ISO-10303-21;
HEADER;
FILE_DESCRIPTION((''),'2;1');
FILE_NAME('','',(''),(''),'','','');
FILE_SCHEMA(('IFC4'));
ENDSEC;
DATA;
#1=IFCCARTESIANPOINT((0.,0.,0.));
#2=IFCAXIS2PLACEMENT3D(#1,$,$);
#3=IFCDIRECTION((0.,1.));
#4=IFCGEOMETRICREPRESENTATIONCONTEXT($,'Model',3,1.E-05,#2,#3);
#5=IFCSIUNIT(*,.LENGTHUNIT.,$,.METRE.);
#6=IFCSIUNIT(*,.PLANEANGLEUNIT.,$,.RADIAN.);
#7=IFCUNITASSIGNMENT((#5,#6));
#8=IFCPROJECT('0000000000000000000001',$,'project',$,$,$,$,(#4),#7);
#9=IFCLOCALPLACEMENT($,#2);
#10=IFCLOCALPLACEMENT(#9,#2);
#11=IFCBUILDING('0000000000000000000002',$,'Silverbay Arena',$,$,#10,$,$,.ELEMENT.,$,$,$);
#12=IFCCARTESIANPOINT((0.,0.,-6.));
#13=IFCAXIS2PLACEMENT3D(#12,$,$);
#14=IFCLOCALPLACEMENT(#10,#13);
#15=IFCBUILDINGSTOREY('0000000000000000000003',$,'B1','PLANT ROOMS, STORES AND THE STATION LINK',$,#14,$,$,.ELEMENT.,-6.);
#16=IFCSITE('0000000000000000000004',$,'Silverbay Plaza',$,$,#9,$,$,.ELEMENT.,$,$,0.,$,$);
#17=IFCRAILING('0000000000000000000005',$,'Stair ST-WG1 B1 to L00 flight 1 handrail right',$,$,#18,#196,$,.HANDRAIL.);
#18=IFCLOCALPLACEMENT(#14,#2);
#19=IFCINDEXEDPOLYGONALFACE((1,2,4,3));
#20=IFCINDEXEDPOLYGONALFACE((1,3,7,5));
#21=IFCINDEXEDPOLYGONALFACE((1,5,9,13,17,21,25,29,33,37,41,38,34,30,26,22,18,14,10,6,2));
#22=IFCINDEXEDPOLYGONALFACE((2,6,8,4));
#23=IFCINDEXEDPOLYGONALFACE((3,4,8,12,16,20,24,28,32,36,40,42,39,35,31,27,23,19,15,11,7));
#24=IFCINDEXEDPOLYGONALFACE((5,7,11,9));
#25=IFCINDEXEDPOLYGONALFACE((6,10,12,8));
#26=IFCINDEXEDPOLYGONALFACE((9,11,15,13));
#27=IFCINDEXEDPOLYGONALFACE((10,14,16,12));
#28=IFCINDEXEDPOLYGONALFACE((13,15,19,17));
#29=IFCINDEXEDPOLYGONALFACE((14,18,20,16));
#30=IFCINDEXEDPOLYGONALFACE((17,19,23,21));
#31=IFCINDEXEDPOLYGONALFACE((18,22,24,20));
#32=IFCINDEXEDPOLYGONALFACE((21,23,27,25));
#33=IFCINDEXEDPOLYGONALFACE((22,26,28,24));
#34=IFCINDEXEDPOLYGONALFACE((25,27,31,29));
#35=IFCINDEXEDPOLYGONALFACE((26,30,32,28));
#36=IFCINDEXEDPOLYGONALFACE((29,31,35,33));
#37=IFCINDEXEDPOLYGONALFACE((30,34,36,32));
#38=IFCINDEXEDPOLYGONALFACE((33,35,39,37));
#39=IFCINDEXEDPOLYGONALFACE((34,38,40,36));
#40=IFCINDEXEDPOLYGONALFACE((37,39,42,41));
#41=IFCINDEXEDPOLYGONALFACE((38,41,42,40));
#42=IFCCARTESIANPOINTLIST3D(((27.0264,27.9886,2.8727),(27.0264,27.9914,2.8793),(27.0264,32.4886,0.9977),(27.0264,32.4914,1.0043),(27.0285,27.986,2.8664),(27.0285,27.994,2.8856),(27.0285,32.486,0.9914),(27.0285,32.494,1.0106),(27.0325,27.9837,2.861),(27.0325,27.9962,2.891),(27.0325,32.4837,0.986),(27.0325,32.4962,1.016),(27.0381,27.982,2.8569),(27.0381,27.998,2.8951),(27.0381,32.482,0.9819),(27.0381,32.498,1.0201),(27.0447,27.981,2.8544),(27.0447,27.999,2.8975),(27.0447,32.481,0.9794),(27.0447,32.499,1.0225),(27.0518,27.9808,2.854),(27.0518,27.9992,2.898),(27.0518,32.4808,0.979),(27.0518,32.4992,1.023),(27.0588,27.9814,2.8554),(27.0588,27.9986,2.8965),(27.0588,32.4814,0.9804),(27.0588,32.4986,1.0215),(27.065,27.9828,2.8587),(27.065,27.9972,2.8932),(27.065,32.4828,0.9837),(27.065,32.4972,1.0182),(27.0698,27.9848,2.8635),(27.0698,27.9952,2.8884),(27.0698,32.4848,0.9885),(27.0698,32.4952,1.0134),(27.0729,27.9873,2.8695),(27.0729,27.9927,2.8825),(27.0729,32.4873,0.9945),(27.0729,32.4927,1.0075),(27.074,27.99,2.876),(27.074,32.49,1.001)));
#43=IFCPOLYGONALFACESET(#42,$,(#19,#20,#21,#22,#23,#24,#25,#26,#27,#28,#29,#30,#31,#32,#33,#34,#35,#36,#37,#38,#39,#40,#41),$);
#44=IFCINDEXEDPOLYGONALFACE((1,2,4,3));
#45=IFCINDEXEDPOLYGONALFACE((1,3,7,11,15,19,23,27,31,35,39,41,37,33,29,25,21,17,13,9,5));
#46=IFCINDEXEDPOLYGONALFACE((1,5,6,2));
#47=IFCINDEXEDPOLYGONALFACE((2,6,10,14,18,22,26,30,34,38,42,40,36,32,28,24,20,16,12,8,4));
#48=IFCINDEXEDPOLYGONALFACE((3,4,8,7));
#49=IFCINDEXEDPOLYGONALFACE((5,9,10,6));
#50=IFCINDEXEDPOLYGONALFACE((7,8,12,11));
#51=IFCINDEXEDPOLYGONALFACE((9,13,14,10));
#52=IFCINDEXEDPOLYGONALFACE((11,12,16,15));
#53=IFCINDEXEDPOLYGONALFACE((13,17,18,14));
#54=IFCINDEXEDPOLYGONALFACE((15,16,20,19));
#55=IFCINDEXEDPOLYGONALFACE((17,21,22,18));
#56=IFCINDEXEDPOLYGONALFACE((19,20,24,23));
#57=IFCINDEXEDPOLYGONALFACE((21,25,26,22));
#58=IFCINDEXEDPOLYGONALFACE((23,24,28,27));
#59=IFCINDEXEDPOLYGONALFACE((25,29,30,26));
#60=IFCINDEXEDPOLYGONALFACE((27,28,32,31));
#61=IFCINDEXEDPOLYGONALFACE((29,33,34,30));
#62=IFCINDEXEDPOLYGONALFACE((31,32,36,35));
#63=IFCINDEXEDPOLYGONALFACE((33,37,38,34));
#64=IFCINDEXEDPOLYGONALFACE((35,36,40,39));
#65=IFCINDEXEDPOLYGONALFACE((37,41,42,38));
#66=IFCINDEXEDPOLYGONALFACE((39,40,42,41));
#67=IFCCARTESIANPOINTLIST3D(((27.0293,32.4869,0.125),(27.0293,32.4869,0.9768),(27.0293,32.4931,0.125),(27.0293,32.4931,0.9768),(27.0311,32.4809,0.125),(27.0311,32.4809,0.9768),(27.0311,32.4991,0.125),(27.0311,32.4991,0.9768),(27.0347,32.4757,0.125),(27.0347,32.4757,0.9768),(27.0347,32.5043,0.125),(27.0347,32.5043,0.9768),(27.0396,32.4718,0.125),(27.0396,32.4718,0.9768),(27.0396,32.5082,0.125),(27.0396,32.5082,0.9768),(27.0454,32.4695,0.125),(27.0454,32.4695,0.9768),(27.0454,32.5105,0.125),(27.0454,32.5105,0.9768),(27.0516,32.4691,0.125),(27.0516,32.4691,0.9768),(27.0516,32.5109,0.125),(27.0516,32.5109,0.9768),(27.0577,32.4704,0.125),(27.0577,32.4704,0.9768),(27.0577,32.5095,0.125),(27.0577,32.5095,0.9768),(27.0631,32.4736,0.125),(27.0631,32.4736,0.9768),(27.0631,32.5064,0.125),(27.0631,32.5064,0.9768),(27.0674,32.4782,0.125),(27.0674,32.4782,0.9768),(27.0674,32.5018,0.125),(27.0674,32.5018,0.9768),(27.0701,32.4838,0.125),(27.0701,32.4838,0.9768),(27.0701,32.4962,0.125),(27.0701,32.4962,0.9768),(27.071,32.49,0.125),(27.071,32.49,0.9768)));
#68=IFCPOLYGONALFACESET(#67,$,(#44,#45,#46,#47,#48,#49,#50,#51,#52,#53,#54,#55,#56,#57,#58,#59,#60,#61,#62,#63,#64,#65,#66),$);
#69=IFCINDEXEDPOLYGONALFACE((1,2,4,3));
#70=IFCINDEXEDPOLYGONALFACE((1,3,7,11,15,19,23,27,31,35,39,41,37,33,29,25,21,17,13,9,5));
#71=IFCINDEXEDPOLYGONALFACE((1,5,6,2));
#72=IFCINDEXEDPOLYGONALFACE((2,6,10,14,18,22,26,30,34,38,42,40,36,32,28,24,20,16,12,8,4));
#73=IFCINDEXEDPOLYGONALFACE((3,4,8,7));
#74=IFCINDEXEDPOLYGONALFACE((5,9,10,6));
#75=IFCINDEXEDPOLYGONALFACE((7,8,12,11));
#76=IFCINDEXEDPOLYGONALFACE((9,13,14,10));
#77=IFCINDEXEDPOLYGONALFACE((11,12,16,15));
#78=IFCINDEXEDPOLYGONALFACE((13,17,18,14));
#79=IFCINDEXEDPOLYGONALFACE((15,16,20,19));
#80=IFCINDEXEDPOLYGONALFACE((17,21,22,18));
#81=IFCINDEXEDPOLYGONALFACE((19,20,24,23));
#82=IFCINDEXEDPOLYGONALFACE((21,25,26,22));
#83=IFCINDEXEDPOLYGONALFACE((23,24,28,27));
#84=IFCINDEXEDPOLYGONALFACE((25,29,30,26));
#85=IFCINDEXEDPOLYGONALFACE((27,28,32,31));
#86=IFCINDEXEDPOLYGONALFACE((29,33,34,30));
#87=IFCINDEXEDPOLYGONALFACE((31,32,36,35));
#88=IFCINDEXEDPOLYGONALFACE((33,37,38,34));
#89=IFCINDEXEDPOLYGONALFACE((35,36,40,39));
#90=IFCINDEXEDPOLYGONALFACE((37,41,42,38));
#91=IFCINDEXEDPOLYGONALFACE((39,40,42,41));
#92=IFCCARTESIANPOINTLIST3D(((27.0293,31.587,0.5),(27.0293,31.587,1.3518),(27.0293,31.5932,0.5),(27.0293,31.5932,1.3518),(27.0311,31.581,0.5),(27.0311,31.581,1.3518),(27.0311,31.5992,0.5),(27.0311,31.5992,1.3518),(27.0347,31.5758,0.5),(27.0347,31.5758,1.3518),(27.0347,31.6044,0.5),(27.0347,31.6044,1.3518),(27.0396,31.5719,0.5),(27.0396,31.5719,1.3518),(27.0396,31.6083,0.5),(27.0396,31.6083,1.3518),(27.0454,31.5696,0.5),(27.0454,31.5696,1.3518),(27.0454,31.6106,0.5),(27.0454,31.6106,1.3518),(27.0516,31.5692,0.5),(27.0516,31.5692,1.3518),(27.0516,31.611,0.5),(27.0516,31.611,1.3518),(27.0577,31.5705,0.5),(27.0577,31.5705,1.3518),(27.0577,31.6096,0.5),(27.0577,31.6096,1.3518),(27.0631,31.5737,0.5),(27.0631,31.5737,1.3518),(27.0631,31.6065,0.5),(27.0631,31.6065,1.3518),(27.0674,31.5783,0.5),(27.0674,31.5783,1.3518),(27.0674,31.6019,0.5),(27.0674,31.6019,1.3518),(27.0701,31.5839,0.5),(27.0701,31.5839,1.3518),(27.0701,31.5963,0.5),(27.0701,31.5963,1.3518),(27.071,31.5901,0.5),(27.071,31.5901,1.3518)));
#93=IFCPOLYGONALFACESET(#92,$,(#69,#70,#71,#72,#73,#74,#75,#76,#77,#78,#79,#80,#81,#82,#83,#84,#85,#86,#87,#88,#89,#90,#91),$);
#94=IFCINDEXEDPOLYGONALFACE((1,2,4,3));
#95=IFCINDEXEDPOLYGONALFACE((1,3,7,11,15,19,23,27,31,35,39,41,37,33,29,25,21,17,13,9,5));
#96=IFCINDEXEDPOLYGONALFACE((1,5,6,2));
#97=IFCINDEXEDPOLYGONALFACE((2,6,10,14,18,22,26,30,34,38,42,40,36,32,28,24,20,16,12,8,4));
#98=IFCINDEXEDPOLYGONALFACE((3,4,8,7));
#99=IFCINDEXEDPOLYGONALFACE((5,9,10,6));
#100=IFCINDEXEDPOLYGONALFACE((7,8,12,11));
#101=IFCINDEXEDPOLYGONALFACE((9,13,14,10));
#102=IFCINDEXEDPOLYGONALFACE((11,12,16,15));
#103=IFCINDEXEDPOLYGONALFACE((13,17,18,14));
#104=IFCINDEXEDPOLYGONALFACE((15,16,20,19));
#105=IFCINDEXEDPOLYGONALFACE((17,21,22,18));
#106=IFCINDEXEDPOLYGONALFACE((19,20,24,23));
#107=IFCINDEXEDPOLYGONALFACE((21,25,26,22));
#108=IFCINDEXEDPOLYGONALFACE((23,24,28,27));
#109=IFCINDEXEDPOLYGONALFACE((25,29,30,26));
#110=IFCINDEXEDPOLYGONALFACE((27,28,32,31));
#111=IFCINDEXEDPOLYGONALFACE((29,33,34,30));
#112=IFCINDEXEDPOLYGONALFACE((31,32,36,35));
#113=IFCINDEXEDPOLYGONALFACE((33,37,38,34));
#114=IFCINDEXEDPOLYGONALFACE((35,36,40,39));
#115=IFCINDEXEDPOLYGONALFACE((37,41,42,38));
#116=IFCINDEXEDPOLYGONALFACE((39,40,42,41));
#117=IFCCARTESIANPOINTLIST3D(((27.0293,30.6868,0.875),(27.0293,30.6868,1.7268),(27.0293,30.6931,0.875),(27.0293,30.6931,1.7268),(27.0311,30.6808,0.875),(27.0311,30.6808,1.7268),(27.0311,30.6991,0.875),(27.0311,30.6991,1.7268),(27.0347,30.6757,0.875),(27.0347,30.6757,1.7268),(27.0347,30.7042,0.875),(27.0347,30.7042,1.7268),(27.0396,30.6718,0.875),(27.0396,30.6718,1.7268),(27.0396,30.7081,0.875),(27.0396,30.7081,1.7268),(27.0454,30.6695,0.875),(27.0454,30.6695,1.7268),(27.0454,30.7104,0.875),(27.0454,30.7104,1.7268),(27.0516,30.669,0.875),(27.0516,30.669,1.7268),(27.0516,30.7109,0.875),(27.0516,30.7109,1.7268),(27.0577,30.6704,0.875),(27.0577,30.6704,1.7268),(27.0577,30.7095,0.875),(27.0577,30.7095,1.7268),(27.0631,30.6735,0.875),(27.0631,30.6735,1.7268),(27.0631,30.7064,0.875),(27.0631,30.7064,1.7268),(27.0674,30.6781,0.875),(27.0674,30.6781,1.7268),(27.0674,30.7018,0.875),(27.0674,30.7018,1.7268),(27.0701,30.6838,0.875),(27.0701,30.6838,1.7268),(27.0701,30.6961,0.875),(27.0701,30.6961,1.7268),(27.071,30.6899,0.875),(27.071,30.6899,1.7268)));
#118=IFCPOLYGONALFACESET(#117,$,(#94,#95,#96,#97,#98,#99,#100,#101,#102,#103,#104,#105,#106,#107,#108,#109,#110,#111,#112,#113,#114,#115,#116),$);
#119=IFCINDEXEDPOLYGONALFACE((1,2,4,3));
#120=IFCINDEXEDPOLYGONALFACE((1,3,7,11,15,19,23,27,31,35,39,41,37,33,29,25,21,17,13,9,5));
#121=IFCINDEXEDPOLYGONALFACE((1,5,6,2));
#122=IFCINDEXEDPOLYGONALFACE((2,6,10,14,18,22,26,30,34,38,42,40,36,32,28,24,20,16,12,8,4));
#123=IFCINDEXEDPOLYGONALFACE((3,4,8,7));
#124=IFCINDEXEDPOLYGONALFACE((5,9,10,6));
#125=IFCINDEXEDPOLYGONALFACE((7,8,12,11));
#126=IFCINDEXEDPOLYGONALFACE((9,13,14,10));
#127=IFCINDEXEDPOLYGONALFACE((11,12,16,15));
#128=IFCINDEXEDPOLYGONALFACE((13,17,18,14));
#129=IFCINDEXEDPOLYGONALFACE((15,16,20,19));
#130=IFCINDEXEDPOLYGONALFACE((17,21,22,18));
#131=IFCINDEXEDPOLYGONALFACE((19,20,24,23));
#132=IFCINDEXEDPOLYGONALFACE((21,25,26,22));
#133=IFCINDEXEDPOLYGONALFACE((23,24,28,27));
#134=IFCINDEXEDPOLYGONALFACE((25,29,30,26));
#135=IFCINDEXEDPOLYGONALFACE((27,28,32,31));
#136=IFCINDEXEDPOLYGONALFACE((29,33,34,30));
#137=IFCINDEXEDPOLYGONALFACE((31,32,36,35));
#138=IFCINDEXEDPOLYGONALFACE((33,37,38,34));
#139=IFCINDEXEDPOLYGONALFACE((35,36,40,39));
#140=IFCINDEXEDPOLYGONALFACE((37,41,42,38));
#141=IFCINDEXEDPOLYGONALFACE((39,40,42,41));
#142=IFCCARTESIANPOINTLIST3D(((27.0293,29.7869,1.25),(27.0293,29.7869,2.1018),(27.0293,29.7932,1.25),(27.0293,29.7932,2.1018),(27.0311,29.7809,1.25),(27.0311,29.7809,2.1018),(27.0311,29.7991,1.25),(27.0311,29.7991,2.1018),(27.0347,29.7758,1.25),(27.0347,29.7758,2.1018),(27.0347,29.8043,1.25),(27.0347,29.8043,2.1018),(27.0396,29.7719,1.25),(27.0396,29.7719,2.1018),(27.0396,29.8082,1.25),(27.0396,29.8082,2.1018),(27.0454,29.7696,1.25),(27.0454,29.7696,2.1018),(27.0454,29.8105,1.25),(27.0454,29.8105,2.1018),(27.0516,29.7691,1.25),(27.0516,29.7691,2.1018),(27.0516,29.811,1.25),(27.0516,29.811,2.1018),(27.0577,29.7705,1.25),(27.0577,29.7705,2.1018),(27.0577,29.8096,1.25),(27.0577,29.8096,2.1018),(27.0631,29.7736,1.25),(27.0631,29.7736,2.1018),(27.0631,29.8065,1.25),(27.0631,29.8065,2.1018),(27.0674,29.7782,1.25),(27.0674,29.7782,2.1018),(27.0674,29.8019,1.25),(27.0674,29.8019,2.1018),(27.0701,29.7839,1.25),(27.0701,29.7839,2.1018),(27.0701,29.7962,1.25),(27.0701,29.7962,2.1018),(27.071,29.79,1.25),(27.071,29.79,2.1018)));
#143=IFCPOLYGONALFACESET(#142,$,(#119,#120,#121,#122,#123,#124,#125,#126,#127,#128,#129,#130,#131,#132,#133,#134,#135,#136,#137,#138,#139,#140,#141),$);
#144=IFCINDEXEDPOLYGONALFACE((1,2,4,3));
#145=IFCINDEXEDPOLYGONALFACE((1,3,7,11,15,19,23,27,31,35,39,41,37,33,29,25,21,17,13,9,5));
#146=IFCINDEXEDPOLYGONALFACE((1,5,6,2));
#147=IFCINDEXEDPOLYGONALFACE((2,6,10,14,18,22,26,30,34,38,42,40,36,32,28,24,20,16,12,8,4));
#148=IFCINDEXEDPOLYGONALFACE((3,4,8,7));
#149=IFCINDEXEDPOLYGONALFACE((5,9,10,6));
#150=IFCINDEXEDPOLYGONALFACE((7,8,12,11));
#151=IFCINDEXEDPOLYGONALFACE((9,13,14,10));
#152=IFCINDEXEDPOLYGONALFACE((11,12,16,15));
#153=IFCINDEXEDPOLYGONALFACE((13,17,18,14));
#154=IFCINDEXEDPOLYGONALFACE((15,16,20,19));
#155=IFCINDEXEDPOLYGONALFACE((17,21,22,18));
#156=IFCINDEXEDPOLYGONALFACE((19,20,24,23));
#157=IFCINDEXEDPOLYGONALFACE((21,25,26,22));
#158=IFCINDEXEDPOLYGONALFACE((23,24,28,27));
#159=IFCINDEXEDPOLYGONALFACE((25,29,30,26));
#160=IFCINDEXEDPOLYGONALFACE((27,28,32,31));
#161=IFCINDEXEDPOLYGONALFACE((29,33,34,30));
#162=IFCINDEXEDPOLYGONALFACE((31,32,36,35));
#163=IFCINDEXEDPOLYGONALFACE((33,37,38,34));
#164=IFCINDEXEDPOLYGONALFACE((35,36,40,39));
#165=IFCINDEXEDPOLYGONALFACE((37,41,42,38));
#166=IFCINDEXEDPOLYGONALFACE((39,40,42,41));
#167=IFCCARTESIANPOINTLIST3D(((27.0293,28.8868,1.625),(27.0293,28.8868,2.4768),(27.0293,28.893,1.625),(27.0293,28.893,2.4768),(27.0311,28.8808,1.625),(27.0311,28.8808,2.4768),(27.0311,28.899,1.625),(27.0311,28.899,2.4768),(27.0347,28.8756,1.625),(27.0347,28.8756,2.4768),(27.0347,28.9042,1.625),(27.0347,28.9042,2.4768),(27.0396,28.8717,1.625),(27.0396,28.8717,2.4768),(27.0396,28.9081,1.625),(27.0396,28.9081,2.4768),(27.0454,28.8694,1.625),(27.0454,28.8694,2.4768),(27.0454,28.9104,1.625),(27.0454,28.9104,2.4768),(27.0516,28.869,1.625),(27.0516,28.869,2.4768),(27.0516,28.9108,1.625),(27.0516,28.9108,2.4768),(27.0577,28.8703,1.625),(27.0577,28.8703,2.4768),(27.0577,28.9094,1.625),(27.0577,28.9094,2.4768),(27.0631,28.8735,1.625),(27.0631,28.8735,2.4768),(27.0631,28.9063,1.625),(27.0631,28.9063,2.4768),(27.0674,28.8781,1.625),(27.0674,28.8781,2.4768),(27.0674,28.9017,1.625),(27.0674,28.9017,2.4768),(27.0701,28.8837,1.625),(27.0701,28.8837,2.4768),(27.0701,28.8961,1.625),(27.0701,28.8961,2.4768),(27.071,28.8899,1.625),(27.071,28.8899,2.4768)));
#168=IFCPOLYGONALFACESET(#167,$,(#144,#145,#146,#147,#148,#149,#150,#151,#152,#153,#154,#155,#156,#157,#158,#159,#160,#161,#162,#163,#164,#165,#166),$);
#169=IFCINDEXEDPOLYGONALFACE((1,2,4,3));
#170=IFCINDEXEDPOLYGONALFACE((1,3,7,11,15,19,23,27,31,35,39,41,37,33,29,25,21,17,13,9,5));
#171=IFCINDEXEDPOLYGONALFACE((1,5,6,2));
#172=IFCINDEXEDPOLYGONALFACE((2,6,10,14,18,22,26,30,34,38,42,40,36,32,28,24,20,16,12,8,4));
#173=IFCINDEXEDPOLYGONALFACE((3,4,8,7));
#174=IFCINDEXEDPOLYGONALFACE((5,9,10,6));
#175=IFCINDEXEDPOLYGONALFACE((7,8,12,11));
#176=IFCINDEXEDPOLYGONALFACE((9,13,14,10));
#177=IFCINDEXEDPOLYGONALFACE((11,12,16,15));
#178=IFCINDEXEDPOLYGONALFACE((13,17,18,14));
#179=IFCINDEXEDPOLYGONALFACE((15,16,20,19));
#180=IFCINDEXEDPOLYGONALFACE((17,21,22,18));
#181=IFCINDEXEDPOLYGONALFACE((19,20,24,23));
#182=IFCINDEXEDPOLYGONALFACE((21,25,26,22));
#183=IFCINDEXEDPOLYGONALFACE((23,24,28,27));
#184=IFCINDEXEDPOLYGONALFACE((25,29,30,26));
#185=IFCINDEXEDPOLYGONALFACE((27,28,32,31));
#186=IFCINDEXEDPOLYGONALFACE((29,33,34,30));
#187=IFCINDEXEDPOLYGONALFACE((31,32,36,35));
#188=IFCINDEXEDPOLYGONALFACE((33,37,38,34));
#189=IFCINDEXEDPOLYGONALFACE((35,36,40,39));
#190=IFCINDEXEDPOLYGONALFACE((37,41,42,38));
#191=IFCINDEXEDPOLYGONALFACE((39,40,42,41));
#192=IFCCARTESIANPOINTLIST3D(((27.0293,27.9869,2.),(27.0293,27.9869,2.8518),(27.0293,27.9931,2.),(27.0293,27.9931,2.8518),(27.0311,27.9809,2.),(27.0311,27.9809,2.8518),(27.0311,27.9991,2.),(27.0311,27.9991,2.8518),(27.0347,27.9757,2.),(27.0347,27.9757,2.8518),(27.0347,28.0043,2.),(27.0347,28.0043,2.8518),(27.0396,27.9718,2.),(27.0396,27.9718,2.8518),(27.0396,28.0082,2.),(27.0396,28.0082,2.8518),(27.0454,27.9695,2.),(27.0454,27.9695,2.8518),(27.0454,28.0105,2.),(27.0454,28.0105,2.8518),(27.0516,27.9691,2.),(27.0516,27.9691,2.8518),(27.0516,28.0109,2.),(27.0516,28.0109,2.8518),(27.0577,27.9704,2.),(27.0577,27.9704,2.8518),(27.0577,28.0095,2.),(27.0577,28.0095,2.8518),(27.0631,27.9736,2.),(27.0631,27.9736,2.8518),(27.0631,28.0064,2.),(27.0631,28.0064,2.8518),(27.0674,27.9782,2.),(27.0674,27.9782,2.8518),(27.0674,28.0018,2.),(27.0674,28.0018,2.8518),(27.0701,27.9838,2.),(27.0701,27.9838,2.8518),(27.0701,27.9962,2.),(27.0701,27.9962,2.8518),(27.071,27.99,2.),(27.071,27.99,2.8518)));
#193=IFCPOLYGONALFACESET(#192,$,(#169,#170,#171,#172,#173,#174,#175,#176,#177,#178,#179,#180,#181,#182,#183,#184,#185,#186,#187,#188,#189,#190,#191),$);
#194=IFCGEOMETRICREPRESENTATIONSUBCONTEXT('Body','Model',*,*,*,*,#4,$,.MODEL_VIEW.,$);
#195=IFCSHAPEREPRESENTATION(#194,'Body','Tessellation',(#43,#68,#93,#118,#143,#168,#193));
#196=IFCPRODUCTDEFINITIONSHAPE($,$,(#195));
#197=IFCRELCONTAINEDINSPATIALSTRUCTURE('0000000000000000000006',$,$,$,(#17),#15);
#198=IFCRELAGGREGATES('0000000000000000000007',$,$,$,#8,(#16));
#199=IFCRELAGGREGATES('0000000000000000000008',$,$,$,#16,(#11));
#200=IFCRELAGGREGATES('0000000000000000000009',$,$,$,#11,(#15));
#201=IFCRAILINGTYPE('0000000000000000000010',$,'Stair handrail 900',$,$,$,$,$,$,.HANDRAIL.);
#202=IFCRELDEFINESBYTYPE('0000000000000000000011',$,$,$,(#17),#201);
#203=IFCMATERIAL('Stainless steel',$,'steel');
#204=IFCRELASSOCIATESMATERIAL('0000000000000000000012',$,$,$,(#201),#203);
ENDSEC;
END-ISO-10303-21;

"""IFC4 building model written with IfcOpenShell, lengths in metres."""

from ifc_helpers import new_model, si_unit, direction, frame, origin, origin_2d, place, context, subcontext, project, spatial, circle, extrude, material, type_object, element, save


model = new_model("IFC4")

# Units and contexts
model_context = context("Model", 3, precision=1e-05, world=origin(), true_north=direction((0.0, 1.0)))
body_context = subcontext(model_context, "Body", "Model", "MODEL_VIEW")
ifc_project = project(units=[si_unit("LENGTHUNIT", "METRE"), si_unit("PLANEANGLEUNIT", "RADIAN")], contexts=[model_context])

# Site, building, storey
site_placement = place(None, origin())
site = spatial("IfcSite", under=ifc_project, at=site_placement, Name="Silverbay Plaza", CompositionType="ELEMENT", RefElevation=0.0)
building_placement = place(site_placement, origin())
building = spatial("IfcBuilding", under=site, at=building_placement, Name="Silverbay Arena", CompositionType="ELEMENT")
storey_placement = place(building_placement, frame((0.0, 0.0, -6.0)))
storey = spatial("IfcBuildingStorey", under=building, at=storey_placement, Name="B1", Description="PLANT ROOMS, STORES AND THE STATION LINK", CompositionType="ELEMENT", Elevation=-6.0)

# Railing
ifc_material_1 = material(Name="Stainless steel", Category="steel")
railing_type_1 = type_object("IfcRailingType", Name="Stair handrail 900", PredefinedType="HANDRAIL", material=ifc_material_1)
for number, where, name in (
    (1, (27.05, 32.49, 0.125), "Stair ST-WG1 B1 to L00 flight 1 handrail right"),
):
    element("IfcRailing", number, at=place(storey_placement, frame(where)), inside=storey, type_object=railing_type_1, Name=name, PredefinedType="HANDRAIL", context=body_context, shape_type="SweptSolid", body=[
        extrude(circle(Radius=0.0239, at=origin_2d()), frame((0.0, 0.0, 0.876), z_axis=(0.0, -0.923077, 0.384615), x_axis=(1.0, 0.0, 0.0)), (0.0, 0.0, 1.0), 4.875),
        extrude(circle(Radius=0.021, at=origin_2d()), origin(), (0.0, 0.0, 1.0), 0.8518),
        extrude(circle(Radius=0.021, at=origin_2d()), frame((0.0, -0.8999, 0.375)), (0.0, 0.0, 1.0), 0.8518),
        extrude(circle(Radius=0.021, at=origin_2d()), frame((0.0, -1.8, 0.75)), (0.0, 0.0, 1.0), 0.8518),
        extrude(circle(Radius=0.021, at=origin_2d()), frame((0.0, -2.7, 1.125)), (0.0, 0.0, 1.0), 0.8518),
        extrude(circle(Radius=0.021, at=origin_2d()), frame((0.0, -3.6001, 1.5)), (0.0, 0.0, 1.0), 0.8518),
        extrude(circle(Radius=0.021, at=origin_2d()), frame((0.0, -4.5, 1.875)), (0.0, 0.0, 1.0), 0.8518),
    ])

save(model, "model.ifc")
